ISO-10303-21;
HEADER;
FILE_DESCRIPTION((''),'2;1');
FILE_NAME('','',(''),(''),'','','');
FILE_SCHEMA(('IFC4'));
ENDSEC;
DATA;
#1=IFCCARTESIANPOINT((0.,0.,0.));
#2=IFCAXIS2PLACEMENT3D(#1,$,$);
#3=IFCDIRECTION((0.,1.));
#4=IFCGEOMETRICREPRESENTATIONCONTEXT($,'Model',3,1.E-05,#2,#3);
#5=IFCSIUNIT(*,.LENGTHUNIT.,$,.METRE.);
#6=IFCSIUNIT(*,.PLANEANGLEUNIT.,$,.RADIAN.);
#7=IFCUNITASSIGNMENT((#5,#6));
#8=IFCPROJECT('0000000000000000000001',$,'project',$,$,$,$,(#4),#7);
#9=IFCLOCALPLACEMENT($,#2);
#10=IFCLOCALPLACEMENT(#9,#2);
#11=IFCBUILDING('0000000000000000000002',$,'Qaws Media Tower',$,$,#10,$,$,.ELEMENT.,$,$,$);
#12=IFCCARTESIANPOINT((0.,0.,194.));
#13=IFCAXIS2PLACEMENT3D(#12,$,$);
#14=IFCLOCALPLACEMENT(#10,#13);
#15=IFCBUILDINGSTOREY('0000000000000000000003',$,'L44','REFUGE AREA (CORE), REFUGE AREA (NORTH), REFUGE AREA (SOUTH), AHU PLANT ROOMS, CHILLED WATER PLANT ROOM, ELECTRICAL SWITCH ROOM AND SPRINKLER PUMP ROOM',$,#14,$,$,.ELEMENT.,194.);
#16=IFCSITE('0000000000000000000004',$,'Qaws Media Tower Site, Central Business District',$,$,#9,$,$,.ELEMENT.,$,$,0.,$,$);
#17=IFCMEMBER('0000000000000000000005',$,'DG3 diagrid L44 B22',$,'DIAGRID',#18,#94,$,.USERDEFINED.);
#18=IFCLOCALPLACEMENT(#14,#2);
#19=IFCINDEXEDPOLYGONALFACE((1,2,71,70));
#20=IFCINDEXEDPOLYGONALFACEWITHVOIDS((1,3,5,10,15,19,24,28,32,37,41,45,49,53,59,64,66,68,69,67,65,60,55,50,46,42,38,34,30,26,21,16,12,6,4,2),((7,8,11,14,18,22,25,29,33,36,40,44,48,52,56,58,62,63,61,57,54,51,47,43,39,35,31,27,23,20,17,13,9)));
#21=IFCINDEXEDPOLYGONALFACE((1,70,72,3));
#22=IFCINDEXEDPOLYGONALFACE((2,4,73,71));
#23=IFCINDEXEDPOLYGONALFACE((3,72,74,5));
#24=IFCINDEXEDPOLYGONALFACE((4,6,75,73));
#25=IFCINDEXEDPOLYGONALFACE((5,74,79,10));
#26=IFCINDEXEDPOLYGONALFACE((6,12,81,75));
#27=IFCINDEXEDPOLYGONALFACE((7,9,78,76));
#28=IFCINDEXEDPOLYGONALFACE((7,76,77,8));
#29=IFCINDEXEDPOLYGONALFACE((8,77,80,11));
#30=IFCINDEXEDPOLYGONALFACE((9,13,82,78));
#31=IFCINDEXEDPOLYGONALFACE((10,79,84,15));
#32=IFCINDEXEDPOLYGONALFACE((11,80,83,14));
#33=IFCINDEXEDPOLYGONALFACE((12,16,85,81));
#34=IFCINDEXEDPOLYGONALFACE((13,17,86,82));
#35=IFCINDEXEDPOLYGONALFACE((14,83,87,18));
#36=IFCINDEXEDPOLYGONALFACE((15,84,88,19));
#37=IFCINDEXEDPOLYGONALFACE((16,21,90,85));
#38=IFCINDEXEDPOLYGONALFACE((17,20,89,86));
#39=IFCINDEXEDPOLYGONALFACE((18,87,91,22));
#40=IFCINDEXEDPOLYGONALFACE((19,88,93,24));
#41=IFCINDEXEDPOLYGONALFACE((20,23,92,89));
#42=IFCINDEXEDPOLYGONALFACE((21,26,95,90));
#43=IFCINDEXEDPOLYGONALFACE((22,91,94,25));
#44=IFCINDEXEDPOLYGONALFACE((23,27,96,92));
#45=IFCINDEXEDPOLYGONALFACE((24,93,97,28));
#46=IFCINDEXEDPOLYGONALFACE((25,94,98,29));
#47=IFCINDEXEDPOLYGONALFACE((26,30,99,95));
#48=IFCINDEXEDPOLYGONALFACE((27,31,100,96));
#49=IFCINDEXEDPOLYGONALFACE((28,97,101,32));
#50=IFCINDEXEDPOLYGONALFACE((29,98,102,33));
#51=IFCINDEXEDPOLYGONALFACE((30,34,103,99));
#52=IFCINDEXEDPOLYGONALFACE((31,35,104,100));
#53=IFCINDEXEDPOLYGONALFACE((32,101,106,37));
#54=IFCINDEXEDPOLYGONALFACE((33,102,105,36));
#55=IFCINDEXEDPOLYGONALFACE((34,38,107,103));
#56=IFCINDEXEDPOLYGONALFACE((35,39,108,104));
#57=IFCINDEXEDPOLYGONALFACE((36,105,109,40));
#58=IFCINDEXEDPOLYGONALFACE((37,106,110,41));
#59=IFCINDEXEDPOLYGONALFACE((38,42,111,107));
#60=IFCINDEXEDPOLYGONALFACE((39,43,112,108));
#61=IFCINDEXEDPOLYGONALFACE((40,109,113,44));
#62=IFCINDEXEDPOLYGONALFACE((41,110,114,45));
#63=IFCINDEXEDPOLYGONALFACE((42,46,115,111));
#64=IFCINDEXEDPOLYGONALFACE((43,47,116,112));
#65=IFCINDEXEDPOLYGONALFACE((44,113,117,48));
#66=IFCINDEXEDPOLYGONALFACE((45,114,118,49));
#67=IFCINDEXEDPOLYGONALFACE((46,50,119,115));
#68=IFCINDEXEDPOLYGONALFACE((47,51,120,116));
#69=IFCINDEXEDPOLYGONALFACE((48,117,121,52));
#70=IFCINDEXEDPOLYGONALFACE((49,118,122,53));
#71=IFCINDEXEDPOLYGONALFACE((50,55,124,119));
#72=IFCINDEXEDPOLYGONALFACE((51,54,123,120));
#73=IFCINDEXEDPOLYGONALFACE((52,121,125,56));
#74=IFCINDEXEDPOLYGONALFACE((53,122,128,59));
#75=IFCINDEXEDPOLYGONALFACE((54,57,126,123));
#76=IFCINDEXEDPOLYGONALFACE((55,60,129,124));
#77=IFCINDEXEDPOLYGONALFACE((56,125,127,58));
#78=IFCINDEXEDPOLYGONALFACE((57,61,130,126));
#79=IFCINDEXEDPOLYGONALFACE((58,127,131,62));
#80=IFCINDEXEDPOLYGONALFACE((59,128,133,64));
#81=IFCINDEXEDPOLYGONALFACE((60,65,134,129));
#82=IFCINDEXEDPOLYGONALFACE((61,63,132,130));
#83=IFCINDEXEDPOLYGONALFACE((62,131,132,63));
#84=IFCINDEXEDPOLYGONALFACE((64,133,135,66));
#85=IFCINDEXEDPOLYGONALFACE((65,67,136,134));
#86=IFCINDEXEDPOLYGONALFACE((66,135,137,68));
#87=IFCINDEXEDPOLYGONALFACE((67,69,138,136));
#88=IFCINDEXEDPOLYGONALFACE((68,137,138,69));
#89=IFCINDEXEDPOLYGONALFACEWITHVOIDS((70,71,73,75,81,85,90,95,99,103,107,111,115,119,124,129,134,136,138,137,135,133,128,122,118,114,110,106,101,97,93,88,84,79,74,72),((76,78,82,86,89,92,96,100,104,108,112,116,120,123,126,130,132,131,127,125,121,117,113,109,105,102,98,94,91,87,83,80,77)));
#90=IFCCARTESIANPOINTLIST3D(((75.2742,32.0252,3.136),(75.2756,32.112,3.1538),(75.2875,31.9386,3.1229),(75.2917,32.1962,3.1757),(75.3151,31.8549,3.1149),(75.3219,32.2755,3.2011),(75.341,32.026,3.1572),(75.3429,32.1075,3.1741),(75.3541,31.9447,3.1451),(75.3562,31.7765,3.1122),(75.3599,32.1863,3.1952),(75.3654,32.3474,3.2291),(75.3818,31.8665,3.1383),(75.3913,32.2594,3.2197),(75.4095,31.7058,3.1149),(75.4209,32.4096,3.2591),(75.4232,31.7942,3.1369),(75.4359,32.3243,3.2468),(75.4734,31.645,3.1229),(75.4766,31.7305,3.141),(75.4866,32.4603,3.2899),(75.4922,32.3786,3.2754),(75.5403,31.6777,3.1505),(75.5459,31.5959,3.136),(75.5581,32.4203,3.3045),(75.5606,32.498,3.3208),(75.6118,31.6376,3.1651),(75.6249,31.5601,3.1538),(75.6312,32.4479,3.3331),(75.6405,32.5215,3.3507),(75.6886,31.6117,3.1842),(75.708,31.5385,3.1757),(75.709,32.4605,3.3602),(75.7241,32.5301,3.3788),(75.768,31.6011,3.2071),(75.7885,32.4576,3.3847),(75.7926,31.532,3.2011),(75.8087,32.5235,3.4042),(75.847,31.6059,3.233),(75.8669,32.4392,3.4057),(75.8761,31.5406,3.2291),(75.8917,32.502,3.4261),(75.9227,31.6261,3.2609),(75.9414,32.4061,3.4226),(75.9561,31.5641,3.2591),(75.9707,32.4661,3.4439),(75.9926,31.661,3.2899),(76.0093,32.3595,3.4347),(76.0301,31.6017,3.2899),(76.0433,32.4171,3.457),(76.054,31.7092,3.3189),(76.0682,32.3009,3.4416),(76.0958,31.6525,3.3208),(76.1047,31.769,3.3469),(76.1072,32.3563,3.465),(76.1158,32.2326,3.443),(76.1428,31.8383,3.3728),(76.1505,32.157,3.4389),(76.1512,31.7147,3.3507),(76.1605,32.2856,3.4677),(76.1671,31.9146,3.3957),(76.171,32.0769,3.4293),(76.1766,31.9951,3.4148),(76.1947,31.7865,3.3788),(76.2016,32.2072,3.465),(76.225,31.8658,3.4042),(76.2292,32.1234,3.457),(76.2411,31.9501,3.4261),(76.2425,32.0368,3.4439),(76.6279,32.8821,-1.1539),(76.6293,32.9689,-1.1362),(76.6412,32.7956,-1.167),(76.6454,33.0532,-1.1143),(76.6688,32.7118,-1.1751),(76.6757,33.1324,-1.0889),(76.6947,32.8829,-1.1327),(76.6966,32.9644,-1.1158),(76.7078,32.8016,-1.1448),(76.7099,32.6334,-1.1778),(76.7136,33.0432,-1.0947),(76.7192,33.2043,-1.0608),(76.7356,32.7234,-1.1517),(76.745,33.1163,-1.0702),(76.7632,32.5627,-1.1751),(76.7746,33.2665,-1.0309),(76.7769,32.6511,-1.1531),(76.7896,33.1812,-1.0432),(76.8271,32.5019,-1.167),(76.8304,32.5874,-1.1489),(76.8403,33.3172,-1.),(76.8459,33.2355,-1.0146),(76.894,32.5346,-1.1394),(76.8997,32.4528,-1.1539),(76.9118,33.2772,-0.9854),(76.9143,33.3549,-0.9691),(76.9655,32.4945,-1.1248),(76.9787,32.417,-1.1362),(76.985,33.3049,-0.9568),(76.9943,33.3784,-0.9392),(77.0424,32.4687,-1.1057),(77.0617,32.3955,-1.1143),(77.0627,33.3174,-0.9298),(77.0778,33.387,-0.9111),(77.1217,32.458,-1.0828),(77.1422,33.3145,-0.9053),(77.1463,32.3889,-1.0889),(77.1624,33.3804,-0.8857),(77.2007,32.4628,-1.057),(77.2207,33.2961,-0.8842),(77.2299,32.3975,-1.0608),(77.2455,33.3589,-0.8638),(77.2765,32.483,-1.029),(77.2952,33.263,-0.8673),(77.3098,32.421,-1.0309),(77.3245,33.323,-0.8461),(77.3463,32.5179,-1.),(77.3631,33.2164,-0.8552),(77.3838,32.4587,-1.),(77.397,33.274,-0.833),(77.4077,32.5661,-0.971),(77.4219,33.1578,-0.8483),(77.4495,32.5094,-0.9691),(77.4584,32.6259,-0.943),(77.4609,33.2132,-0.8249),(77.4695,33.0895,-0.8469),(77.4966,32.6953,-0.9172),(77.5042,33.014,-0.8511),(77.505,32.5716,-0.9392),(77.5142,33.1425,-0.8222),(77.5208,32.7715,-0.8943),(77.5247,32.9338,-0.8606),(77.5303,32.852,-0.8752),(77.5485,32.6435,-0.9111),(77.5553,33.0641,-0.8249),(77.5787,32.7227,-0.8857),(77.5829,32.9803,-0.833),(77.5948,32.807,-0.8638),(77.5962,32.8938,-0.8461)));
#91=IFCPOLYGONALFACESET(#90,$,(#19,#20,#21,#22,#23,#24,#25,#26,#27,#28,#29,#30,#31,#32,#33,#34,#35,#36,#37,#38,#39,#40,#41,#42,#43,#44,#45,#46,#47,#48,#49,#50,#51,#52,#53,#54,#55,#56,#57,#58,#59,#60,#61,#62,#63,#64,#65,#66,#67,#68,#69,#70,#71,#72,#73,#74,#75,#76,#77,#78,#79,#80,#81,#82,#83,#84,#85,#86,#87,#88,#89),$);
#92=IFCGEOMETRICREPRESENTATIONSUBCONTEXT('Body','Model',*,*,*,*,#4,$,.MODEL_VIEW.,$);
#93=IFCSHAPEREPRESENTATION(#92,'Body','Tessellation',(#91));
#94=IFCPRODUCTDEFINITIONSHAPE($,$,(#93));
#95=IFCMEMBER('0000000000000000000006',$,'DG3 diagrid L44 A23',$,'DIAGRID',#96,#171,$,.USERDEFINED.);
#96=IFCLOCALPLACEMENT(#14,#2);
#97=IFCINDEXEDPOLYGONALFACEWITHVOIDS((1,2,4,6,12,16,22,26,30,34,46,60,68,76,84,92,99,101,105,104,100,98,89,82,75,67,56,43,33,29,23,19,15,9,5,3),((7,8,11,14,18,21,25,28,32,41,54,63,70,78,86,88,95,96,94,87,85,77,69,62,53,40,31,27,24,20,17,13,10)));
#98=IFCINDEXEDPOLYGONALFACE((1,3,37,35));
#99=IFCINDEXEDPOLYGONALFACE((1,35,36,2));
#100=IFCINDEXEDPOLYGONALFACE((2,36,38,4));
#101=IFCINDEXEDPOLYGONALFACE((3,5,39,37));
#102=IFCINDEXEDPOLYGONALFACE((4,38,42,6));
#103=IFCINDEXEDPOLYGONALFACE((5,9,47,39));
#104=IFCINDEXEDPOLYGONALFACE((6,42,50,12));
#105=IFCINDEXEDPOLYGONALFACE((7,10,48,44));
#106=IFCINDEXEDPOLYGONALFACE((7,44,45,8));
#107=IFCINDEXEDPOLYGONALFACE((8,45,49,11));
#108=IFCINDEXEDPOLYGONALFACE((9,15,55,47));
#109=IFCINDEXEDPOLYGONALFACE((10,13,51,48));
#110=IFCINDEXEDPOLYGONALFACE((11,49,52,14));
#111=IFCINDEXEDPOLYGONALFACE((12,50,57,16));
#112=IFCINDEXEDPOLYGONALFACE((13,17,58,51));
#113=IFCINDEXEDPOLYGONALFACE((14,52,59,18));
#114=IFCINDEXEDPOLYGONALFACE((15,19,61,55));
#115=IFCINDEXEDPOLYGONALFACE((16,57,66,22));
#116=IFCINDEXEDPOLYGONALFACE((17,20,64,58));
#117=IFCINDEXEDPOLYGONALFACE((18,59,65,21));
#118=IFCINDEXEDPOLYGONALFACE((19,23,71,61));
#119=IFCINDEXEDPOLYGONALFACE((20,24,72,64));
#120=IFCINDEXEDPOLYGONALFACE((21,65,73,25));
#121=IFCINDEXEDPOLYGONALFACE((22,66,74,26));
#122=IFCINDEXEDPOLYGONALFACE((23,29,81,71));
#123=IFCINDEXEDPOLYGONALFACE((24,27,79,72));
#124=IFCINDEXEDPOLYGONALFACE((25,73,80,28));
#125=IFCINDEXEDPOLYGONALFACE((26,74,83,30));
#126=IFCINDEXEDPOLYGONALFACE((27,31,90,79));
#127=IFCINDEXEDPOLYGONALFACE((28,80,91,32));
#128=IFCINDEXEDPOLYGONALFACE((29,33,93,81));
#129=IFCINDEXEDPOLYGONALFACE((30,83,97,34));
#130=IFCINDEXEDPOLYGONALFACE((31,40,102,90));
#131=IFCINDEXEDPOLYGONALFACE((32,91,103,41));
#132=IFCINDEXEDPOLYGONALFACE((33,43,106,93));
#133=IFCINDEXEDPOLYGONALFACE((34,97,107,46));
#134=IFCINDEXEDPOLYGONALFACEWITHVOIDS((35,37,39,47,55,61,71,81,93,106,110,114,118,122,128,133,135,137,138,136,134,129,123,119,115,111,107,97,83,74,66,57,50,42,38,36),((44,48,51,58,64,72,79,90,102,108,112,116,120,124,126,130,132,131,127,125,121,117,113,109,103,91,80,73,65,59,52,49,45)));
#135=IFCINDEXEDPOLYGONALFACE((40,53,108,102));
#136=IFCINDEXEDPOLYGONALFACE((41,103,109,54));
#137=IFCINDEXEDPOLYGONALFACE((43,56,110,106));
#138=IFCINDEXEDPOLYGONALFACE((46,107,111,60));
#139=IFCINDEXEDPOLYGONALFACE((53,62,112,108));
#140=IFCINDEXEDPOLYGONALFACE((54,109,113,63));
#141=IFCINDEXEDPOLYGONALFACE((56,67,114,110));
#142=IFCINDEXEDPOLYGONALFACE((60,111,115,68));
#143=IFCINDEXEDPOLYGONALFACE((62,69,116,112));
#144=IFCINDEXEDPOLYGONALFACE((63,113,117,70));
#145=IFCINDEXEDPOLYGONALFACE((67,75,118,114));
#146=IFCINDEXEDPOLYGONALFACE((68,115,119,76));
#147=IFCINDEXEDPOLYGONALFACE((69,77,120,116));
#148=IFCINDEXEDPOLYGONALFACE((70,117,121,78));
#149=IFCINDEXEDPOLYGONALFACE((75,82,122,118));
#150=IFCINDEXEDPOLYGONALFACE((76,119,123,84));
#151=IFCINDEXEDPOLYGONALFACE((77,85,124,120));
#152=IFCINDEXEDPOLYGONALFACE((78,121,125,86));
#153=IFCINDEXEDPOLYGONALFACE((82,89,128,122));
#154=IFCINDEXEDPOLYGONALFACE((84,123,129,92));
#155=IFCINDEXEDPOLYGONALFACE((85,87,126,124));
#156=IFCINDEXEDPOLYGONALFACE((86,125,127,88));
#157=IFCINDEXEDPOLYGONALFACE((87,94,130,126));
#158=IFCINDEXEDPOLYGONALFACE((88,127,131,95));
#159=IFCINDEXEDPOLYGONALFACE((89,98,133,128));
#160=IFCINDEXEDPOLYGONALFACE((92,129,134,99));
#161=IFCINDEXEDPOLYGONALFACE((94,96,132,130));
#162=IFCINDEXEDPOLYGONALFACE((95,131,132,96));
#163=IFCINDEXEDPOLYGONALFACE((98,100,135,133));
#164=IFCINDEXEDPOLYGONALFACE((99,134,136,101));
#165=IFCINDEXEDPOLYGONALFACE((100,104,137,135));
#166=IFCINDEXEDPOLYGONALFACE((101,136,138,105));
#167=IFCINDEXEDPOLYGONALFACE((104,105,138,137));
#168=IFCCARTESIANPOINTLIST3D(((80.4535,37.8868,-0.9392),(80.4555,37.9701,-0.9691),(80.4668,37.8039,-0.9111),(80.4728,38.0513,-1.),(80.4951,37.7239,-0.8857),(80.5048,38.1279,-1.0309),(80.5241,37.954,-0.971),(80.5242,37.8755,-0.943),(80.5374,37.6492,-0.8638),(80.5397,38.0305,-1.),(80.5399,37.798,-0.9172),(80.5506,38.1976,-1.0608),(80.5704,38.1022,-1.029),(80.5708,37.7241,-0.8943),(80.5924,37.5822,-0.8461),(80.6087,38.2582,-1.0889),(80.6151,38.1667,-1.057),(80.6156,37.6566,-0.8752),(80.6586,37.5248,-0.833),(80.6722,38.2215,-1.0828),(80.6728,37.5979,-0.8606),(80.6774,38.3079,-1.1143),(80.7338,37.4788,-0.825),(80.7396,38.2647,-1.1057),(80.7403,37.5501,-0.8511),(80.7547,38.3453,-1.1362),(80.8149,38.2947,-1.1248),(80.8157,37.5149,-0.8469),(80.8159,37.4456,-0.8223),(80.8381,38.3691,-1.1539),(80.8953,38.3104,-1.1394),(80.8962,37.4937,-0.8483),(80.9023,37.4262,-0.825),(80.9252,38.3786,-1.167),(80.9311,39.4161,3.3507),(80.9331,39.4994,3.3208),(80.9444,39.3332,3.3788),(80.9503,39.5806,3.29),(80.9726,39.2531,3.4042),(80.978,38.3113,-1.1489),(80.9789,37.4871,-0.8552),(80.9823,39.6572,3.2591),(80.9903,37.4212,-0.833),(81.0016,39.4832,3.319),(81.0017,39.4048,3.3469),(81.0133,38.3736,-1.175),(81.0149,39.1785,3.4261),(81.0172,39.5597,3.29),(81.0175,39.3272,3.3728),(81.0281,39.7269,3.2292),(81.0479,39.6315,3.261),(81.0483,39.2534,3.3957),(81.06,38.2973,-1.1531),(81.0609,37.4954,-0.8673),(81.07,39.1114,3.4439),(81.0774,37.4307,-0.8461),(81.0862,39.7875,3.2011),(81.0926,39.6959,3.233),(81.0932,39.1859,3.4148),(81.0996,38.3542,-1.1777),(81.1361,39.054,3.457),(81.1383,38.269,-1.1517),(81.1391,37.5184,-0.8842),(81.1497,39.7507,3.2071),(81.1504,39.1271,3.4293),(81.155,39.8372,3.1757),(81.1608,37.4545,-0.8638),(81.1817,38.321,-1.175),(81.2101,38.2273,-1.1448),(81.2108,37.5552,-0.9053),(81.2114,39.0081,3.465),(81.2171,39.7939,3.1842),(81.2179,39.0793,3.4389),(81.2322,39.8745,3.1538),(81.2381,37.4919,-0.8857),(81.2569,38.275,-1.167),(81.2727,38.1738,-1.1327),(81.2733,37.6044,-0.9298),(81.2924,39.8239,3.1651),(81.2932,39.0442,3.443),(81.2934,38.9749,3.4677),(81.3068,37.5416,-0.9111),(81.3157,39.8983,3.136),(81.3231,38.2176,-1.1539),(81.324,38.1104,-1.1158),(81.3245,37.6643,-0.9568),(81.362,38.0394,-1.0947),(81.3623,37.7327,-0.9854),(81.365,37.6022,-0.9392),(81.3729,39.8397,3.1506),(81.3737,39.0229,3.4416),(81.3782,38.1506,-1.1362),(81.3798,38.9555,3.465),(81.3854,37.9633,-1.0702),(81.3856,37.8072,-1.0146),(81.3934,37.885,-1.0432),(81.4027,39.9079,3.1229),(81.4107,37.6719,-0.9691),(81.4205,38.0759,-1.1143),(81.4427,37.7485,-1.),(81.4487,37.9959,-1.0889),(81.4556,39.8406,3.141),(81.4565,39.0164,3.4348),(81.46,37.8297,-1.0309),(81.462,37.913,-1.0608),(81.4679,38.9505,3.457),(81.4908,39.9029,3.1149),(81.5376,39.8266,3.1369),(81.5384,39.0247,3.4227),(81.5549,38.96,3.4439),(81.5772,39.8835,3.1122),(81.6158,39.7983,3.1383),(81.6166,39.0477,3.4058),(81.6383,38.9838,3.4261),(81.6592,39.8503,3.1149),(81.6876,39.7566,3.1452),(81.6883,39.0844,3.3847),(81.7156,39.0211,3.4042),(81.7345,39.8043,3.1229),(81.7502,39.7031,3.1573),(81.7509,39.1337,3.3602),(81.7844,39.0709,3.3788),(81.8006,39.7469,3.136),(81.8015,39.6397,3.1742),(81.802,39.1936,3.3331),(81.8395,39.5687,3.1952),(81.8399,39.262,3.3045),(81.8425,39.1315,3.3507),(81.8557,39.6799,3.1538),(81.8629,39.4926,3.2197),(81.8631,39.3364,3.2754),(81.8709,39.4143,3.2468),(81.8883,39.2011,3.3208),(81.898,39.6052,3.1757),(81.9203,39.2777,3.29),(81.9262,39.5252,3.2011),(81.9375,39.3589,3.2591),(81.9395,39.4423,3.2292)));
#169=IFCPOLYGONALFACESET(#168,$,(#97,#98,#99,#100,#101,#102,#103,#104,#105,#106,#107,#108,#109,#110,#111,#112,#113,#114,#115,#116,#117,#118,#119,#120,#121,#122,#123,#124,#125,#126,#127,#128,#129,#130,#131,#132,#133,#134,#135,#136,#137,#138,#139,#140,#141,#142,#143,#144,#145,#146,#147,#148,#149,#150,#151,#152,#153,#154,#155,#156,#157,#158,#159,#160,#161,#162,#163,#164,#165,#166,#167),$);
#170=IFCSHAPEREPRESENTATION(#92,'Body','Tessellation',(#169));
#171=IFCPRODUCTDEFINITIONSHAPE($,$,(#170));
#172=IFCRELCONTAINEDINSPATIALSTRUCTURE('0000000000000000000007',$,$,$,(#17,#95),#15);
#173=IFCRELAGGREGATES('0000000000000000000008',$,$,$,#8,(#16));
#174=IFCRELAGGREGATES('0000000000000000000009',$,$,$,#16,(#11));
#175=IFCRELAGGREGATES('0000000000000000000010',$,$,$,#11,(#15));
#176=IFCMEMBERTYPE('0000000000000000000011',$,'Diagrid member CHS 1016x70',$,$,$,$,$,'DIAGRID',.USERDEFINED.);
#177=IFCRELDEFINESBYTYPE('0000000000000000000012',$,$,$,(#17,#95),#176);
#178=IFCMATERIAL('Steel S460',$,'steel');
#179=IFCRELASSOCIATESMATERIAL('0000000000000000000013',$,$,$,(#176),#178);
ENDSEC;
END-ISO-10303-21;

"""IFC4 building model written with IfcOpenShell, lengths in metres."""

from ifc_helpers import new_model, si_unit, direction, frame, origin, origin_2d, place, context, subcontext, project, spatial, hollow_circle, extrude, material, material_profile, profile_set, type_object, element, save


model = new_model("IFC4")

# Units and contexts
model_context = context("Model", 3, precision=1e-05, world=origin(), true_north=direction((0.0, 1.0)))
body_context = subcontext(model_context, "Body", "Model", "MODEL_VIEW")
ifc_project = project(units=[si_unit("LENGTHUNIT", "METRE"), si_unit("PLANEANGLEUNIT", "RADIAN")], contexts=[model_context])

# Site, building, storey
site_placement = place(None, origin())
site = spatial("IfcSite", under=ifc_project, at=site_placement, Name="Qaws Media Tower Site, Central Business District", CompositionType="ELEMENT", RefElevation=0.0)
building_placement = place(site_placement, origin())
building = spatial("IfcBuilding", under=site, at=building_placement, Name="Qaws Media Tower", CompositionType="ELEMENT")
storey_placement = place(building_placement, frame((0.0, 0.0, 194.0)))
storey = spatial("IfcBuildingStorey", under=building, at=storey_placement, Name="L44", Description="REFUGE AREA (CORE), REFUGE AREA (NORTH), REFUGE AREA (SOUTH), AHU PLANT ROOMS, CHILLED WATER PLANT ROOM, ELECTRICAL SWITCH ROOM AND SPRINKLER PUMP ROOM", CompositionType="ELEMENT", Elevation=194.0)

# Members
ifc_material_1 = material(Name="Steel S460", Category="steel")
ifc_material_profile_1 = material_profile(ifc_material_1, hollow_circle(Radius=0.5081, WallThickness=0.0701, at=origin_2d()), Name="CHS 1016x70")
ifc_profile_set_1 = profile_set([ifc_material_profile_1], Name="Steel S460")
member_type_1 = type_object("IfcMemberType", Name="Diagrid member CHS 1016x70", ElementType="DIAGRID", PredefinedType="USERDEFINED", material=ifc_profile_set_1)
for number, where, z_axis, x_axis, name in (
    (1, (77.1121, 32.8879, -1.0), (-0.295616, -0.187126, 0.936801), (0.534853, -0.844945, 0.0), "DG3 diagrid L44 B22"),
    (2, (80.9578, 37.8999, -1.0), (0.104279, 0.333949, 0.936805), (-0.954545, 0.298067, 0.0), "DG3 diagrid L44 A23"),
):
    element("IfcMember", number, at=place(storey_placement, frame(where, z_axis=z_axis, x_axis=x_axis)), inside=storey, type_object=member_type_1, Name=name, ObjectType="DIAGRID", PredefinedType="USERDEFINED", context=body_context, shape_type="SweptSolid", body=[
        extrude(hollow_circle(Radius=0.5081, WallThickness=0.0701, at=origin_2d()), origin(), (0.0, 0.0, 1.0), 4.5793),
    ])

save(model, "model.ifc")
